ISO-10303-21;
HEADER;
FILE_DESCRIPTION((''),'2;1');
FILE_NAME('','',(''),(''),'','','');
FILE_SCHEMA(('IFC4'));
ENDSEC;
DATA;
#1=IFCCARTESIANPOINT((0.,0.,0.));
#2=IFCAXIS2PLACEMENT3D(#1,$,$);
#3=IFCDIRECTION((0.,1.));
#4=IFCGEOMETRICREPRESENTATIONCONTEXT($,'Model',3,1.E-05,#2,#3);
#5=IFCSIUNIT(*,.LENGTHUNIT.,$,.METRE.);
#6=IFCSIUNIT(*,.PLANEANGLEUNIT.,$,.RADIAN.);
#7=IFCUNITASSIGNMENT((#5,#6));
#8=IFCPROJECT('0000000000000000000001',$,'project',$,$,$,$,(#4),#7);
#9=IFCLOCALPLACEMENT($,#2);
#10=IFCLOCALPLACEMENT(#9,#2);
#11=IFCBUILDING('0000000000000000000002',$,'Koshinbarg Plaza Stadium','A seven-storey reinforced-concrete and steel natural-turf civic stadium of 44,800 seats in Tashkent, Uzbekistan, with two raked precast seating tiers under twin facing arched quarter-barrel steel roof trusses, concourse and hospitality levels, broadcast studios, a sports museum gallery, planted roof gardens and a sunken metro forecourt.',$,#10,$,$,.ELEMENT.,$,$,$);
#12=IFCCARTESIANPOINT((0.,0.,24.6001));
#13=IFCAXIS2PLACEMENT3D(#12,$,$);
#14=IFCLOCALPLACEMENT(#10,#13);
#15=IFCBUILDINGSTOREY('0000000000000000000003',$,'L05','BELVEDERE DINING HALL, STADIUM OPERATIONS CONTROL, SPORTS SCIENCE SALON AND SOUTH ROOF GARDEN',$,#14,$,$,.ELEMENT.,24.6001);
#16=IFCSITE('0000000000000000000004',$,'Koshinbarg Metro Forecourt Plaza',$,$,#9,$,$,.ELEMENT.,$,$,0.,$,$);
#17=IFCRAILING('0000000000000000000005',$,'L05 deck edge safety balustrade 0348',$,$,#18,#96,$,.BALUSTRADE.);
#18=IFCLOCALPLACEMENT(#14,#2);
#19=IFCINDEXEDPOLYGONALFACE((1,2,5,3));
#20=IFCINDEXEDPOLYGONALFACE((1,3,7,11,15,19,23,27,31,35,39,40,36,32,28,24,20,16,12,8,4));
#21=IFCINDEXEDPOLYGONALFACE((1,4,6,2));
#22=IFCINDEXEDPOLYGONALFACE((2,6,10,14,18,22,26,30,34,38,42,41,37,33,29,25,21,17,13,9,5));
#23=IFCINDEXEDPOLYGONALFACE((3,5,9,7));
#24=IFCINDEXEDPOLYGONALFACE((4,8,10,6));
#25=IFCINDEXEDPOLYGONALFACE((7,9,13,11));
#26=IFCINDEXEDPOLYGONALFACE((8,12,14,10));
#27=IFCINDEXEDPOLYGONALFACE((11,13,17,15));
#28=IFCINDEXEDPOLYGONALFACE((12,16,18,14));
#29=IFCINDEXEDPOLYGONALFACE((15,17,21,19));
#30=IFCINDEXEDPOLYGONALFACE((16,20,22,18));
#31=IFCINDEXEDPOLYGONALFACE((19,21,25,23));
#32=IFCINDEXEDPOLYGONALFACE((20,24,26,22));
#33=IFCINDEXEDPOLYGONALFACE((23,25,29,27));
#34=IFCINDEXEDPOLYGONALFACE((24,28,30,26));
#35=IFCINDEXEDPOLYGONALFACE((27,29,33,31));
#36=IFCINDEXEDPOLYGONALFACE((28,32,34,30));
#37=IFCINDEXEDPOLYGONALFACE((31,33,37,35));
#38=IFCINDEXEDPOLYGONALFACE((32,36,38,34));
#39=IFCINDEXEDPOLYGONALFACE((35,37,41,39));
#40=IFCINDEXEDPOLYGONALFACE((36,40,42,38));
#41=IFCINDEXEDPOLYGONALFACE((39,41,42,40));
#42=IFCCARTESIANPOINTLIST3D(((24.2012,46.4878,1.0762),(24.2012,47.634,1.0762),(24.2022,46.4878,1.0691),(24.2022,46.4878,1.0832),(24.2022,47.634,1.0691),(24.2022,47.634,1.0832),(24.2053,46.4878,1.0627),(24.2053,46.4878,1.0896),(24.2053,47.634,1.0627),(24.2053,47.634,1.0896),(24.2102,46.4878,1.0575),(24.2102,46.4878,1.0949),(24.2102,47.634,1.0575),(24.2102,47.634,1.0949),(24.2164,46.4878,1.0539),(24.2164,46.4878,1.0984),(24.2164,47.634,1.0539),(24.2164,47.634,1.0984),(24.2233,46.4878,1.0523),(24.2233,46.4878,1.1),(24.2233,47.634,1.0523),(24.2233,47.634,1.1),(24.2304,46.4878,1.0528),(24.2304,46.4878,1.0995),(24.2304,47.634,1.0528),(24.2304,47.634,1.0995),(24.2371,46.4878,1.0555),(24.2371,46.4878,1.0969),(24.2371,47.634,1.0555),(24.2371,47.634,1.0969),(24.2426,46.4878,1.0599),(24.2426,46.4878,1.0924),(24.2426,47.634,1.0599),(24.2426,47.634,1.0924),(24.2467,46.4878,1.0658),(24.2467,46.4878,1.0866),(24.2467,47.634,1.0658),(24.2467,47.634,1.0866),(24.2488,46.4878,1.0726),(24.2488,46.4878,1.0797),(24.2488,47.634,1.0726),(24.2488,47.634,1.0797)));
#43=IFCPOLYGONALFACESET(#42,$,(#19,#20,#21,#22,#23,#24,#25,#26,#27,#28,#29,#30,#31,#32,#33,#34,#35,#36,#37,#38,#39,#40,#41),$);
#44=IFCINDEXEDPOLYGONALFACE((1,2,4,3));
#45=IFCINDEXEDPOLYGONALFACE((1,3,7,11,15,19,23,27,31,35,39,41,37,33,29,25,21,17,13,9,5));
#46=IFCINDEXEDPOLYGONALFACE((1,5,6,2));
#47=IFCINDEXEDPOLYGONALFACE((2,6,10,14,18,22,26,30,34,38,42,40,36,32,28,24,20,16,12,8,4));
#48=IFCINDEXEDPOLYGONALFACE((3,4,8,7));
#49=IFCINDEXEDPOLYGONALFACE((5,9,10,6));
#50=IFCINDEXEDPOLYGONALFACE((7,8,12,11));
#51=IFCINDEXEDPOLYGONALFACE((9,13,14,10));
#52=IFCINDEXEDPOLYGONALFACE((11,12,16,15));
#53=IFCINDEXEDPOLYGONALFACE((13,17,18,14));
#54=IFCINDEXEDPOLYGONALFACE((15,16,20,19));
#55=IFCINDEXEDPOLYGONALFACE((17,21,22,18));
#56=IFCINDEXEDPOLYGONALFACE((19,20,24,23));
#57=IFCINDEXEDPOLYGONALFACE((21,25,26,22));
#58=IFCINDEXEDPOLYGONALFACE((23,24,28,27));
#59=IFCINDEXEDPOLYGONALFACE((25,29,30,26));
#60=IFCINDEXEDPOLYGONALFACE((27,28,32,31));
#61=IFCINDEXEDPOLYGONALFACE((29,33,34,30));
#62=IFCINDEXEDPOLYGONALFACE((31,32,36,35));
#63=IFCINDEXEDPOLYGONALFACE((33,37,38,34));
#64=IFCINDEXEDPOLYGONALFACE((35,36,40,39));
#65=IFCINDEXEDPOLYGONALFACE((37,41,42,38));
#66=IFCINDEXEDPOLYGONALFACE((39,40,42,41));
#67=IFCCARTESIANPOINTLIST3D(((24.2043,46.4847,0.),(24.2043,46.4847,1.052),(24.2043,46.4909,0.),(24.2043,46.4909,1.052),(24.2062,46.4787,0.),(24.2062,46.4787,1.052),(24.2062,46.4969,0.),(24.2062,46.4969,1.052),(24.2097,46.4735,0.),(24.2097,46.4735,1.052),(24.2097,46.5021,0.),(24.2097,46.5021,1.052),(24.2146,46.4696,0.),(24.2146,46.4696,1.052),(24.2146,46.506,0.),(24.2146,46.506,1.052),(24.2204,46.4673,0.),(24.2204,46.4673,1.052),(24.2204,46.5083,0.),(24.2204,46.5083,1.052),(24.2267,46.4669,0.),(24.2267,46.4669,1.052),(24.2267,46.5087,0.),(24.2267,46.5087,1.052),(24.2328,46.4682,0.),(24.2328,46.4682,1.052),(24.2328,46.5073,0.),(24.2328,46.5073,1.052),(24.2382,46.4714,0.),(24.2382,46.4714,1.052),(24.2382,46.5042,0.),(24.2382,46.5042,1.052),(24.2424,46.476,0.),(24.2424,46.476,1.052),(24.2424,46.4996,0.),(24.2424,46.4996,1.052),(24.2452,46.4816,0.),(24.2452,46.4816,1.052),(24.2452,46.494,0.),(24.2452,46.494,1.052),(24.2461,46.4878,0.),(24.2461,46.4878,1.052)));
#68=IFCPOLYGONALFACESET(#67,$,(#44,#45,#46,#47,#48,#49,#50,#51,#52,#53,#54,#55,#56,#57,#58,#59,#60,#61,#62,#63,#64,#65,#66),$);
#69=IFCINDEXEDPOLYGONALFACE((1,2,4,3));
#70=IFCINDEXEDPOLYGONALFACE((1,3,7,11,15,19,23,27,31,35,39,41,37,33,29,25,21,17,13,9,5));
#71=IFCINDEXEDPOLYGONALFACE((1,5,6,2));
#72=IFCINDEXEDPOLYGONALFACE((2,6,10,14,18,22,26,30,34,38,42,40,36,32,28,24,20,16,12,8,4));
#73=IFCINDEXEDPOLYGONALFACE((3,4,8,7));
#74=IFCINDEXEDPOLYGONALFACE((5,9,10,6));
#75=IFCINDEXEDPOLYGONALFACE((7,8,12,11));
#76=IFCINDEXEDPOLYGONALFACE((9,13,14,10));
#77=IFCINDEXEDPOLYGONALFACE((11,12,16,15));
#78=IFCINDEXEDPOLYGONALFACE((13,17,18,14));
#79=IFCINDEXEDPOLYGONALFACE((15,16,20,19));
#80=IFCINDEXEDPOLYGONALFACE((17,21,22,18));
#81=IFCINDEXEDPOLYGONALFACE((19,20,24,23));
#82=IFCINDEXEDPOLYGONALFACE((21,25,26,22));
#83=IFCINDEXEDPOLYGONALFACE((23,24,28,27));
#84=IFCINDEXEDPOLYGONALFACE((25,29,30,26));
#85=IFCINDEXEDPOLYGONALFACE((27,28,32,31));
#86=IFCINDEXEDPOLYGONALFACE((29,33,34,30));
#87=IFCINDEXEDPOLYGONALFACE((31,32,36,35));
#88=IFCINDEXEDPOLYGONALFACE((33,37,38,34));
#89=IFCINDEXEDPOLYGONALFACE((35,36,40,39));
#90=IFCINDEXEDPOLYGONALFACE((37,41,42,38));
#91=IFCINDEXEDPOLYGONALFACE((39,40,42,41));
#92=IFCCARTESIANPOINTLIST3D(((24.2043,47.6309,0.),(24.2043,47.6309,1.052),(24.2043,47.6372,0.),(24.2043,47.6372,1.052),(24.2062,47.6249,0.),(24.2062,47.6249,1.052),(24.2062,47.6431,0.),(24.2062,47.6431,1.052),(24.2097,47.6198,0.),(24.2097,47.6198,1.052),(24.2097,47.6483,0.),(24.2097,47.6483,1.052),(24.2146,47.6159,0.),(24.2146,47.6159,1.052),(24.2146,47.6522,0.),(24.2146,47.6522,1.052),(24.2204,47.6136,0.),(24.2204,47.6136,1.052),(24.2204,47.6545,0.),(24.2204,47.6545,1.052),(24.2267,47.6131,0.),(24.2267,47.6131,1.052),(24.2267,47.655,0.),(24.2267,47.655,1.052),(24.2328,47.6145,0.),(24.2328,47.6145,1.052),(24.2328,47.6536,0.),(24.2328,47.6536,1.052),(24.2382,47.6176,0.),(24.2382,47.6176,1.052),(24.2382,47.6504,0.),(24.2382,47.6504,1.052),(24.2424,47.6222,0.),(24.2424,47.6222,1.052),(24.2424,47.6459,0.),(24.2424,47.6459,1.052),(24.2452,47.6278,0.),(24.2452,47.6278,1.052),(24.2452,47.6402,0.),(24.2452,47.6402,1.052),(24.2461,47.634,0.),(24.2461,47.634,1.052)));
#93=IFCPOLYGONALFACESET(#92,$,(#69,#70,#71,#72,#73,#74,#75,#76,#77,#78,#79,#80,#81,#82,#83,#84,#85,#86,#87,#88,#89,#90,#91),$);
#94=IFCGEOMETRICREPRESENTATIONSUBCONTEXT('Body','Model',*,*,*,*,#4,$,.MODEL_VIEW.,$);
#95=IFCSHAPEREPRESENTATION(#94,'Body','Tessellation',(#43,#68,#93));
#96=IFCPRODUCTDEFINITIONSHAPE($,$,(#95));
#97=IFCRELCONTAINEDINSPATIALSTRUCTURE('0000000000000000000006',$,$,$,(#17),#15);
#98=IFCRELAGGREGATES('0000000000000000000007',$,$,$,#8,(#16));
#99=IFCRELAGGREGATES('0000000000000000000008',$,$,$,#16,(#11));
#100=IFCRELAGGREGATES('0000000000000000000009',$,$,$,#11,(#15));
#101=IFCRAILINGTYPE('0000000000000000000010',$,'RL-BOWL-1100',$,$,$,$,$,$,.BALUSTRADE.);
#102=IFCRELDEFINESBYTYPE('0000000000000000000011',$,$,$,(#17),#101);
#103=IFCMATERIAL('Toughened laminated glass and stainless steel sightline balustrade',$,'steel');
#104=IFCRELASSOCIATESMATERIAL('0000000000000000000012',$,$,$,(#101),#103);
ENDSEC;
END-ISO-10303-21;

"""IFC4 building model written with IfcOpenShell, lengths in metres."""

from ifc_helpers import new_model, si_unit, direction, frame, origin, origin_2d, place, context, subcontext, project, spatial, circle, extrude, material, type_object, element, save


model = new_model("IFC4")

# Units and contexts
model_context = context("Model", 3, precision=1e-05, world=origin(), true_north=direction((0.0, 1.0)))
body_context = subcontext(model_context, "Body", "Model", "MODEL_VIEW")
ifc_project = project(units=[si_unit("LENGTHUNIT", "METRE"), si_unit("PLANEANGLEUNIT", "RADIAN")], contexts=[model_context])

# Site, building, storey
site_placement = place(None, origin())
site = spatial("IfcSite", under=ifc_project, at=site_placement, Name="Koshinbarg Metro Forecourt Plaza", CompositionType="ELEMENT", RefElevation=0.0)
building_placement = place(site_placement, origin())
building = spatial("IfcBuilding", under=site, at=building_placement, Name="Koshinbarg Plaza Stadium", Description="A seven-storey reinforced-concrete and steel natural-turf civic stadium of 44,800 seats in Tashkent, Uzbekistan, with two raked precast seating tiers under twin facing arched quarter-barrel steel roof trusses, concourse and hospitality levels, broadcast studios, a sports museum gallery, planted roof gardens and a sunken metro forecourt.", CompositionType="ELEMENT")
storey_placement = place(building_placement, frame((0.0, 0.0, 24.6001)))
storey = spatial("IfcBuildingStorey", under=building, at=storey_placement, Name="L05", Description="BELVEDERE DINING HALL, STADIUM OPERATIONS CONTROL, SPORTS SCIENCE SALON AND SOUTH ROOF GARDEN", CompositionType="ELEMENT", Elevation=24.6001)

# Railing
ifc_material_1 = material(Name="Toughened laminated glass and stainless steel sightline balustrade", Category="steel")
railing_type_1 = type_object("IfcRailingType", Name="RL-BOWL-1100", PredefinedType="BALUSTRADE", material=ifc_material_1)
railing_1_placement = place(storey_placement, frame((24.2251, 46.4878, 0.0)))
element("IfcRailing", 1, at=railing_1_placement, inside=storey, type_object=railing_type_1, Name="L05 deck edge safety balustrade 0348", PredefinedType="BALUSTRADE", context=body_context, shape_type="SweptSolid", body=[
    extrude(circle(Radius=0.0239, at=origin_2d()), frame((0.0, 0.0, 1.0762), z_axis=(0.0, 1.0, 0.0), x_axis=(-1.0, 0.0, 0.0)), (0.0, 0.0, 1.0), 1.1462),
    extrude(circle(Radius=0.021, at=origin_2d()), origin(), (0.0, 0.0, 1.0), 1.052),
    extrude(circle(Radius=0.021, at=origin_2d()), frame((0.0, 1.1462, 0.0)), (0.0, 0.0, 1.0), 1.052),
])

save(model, "model.ifc")
